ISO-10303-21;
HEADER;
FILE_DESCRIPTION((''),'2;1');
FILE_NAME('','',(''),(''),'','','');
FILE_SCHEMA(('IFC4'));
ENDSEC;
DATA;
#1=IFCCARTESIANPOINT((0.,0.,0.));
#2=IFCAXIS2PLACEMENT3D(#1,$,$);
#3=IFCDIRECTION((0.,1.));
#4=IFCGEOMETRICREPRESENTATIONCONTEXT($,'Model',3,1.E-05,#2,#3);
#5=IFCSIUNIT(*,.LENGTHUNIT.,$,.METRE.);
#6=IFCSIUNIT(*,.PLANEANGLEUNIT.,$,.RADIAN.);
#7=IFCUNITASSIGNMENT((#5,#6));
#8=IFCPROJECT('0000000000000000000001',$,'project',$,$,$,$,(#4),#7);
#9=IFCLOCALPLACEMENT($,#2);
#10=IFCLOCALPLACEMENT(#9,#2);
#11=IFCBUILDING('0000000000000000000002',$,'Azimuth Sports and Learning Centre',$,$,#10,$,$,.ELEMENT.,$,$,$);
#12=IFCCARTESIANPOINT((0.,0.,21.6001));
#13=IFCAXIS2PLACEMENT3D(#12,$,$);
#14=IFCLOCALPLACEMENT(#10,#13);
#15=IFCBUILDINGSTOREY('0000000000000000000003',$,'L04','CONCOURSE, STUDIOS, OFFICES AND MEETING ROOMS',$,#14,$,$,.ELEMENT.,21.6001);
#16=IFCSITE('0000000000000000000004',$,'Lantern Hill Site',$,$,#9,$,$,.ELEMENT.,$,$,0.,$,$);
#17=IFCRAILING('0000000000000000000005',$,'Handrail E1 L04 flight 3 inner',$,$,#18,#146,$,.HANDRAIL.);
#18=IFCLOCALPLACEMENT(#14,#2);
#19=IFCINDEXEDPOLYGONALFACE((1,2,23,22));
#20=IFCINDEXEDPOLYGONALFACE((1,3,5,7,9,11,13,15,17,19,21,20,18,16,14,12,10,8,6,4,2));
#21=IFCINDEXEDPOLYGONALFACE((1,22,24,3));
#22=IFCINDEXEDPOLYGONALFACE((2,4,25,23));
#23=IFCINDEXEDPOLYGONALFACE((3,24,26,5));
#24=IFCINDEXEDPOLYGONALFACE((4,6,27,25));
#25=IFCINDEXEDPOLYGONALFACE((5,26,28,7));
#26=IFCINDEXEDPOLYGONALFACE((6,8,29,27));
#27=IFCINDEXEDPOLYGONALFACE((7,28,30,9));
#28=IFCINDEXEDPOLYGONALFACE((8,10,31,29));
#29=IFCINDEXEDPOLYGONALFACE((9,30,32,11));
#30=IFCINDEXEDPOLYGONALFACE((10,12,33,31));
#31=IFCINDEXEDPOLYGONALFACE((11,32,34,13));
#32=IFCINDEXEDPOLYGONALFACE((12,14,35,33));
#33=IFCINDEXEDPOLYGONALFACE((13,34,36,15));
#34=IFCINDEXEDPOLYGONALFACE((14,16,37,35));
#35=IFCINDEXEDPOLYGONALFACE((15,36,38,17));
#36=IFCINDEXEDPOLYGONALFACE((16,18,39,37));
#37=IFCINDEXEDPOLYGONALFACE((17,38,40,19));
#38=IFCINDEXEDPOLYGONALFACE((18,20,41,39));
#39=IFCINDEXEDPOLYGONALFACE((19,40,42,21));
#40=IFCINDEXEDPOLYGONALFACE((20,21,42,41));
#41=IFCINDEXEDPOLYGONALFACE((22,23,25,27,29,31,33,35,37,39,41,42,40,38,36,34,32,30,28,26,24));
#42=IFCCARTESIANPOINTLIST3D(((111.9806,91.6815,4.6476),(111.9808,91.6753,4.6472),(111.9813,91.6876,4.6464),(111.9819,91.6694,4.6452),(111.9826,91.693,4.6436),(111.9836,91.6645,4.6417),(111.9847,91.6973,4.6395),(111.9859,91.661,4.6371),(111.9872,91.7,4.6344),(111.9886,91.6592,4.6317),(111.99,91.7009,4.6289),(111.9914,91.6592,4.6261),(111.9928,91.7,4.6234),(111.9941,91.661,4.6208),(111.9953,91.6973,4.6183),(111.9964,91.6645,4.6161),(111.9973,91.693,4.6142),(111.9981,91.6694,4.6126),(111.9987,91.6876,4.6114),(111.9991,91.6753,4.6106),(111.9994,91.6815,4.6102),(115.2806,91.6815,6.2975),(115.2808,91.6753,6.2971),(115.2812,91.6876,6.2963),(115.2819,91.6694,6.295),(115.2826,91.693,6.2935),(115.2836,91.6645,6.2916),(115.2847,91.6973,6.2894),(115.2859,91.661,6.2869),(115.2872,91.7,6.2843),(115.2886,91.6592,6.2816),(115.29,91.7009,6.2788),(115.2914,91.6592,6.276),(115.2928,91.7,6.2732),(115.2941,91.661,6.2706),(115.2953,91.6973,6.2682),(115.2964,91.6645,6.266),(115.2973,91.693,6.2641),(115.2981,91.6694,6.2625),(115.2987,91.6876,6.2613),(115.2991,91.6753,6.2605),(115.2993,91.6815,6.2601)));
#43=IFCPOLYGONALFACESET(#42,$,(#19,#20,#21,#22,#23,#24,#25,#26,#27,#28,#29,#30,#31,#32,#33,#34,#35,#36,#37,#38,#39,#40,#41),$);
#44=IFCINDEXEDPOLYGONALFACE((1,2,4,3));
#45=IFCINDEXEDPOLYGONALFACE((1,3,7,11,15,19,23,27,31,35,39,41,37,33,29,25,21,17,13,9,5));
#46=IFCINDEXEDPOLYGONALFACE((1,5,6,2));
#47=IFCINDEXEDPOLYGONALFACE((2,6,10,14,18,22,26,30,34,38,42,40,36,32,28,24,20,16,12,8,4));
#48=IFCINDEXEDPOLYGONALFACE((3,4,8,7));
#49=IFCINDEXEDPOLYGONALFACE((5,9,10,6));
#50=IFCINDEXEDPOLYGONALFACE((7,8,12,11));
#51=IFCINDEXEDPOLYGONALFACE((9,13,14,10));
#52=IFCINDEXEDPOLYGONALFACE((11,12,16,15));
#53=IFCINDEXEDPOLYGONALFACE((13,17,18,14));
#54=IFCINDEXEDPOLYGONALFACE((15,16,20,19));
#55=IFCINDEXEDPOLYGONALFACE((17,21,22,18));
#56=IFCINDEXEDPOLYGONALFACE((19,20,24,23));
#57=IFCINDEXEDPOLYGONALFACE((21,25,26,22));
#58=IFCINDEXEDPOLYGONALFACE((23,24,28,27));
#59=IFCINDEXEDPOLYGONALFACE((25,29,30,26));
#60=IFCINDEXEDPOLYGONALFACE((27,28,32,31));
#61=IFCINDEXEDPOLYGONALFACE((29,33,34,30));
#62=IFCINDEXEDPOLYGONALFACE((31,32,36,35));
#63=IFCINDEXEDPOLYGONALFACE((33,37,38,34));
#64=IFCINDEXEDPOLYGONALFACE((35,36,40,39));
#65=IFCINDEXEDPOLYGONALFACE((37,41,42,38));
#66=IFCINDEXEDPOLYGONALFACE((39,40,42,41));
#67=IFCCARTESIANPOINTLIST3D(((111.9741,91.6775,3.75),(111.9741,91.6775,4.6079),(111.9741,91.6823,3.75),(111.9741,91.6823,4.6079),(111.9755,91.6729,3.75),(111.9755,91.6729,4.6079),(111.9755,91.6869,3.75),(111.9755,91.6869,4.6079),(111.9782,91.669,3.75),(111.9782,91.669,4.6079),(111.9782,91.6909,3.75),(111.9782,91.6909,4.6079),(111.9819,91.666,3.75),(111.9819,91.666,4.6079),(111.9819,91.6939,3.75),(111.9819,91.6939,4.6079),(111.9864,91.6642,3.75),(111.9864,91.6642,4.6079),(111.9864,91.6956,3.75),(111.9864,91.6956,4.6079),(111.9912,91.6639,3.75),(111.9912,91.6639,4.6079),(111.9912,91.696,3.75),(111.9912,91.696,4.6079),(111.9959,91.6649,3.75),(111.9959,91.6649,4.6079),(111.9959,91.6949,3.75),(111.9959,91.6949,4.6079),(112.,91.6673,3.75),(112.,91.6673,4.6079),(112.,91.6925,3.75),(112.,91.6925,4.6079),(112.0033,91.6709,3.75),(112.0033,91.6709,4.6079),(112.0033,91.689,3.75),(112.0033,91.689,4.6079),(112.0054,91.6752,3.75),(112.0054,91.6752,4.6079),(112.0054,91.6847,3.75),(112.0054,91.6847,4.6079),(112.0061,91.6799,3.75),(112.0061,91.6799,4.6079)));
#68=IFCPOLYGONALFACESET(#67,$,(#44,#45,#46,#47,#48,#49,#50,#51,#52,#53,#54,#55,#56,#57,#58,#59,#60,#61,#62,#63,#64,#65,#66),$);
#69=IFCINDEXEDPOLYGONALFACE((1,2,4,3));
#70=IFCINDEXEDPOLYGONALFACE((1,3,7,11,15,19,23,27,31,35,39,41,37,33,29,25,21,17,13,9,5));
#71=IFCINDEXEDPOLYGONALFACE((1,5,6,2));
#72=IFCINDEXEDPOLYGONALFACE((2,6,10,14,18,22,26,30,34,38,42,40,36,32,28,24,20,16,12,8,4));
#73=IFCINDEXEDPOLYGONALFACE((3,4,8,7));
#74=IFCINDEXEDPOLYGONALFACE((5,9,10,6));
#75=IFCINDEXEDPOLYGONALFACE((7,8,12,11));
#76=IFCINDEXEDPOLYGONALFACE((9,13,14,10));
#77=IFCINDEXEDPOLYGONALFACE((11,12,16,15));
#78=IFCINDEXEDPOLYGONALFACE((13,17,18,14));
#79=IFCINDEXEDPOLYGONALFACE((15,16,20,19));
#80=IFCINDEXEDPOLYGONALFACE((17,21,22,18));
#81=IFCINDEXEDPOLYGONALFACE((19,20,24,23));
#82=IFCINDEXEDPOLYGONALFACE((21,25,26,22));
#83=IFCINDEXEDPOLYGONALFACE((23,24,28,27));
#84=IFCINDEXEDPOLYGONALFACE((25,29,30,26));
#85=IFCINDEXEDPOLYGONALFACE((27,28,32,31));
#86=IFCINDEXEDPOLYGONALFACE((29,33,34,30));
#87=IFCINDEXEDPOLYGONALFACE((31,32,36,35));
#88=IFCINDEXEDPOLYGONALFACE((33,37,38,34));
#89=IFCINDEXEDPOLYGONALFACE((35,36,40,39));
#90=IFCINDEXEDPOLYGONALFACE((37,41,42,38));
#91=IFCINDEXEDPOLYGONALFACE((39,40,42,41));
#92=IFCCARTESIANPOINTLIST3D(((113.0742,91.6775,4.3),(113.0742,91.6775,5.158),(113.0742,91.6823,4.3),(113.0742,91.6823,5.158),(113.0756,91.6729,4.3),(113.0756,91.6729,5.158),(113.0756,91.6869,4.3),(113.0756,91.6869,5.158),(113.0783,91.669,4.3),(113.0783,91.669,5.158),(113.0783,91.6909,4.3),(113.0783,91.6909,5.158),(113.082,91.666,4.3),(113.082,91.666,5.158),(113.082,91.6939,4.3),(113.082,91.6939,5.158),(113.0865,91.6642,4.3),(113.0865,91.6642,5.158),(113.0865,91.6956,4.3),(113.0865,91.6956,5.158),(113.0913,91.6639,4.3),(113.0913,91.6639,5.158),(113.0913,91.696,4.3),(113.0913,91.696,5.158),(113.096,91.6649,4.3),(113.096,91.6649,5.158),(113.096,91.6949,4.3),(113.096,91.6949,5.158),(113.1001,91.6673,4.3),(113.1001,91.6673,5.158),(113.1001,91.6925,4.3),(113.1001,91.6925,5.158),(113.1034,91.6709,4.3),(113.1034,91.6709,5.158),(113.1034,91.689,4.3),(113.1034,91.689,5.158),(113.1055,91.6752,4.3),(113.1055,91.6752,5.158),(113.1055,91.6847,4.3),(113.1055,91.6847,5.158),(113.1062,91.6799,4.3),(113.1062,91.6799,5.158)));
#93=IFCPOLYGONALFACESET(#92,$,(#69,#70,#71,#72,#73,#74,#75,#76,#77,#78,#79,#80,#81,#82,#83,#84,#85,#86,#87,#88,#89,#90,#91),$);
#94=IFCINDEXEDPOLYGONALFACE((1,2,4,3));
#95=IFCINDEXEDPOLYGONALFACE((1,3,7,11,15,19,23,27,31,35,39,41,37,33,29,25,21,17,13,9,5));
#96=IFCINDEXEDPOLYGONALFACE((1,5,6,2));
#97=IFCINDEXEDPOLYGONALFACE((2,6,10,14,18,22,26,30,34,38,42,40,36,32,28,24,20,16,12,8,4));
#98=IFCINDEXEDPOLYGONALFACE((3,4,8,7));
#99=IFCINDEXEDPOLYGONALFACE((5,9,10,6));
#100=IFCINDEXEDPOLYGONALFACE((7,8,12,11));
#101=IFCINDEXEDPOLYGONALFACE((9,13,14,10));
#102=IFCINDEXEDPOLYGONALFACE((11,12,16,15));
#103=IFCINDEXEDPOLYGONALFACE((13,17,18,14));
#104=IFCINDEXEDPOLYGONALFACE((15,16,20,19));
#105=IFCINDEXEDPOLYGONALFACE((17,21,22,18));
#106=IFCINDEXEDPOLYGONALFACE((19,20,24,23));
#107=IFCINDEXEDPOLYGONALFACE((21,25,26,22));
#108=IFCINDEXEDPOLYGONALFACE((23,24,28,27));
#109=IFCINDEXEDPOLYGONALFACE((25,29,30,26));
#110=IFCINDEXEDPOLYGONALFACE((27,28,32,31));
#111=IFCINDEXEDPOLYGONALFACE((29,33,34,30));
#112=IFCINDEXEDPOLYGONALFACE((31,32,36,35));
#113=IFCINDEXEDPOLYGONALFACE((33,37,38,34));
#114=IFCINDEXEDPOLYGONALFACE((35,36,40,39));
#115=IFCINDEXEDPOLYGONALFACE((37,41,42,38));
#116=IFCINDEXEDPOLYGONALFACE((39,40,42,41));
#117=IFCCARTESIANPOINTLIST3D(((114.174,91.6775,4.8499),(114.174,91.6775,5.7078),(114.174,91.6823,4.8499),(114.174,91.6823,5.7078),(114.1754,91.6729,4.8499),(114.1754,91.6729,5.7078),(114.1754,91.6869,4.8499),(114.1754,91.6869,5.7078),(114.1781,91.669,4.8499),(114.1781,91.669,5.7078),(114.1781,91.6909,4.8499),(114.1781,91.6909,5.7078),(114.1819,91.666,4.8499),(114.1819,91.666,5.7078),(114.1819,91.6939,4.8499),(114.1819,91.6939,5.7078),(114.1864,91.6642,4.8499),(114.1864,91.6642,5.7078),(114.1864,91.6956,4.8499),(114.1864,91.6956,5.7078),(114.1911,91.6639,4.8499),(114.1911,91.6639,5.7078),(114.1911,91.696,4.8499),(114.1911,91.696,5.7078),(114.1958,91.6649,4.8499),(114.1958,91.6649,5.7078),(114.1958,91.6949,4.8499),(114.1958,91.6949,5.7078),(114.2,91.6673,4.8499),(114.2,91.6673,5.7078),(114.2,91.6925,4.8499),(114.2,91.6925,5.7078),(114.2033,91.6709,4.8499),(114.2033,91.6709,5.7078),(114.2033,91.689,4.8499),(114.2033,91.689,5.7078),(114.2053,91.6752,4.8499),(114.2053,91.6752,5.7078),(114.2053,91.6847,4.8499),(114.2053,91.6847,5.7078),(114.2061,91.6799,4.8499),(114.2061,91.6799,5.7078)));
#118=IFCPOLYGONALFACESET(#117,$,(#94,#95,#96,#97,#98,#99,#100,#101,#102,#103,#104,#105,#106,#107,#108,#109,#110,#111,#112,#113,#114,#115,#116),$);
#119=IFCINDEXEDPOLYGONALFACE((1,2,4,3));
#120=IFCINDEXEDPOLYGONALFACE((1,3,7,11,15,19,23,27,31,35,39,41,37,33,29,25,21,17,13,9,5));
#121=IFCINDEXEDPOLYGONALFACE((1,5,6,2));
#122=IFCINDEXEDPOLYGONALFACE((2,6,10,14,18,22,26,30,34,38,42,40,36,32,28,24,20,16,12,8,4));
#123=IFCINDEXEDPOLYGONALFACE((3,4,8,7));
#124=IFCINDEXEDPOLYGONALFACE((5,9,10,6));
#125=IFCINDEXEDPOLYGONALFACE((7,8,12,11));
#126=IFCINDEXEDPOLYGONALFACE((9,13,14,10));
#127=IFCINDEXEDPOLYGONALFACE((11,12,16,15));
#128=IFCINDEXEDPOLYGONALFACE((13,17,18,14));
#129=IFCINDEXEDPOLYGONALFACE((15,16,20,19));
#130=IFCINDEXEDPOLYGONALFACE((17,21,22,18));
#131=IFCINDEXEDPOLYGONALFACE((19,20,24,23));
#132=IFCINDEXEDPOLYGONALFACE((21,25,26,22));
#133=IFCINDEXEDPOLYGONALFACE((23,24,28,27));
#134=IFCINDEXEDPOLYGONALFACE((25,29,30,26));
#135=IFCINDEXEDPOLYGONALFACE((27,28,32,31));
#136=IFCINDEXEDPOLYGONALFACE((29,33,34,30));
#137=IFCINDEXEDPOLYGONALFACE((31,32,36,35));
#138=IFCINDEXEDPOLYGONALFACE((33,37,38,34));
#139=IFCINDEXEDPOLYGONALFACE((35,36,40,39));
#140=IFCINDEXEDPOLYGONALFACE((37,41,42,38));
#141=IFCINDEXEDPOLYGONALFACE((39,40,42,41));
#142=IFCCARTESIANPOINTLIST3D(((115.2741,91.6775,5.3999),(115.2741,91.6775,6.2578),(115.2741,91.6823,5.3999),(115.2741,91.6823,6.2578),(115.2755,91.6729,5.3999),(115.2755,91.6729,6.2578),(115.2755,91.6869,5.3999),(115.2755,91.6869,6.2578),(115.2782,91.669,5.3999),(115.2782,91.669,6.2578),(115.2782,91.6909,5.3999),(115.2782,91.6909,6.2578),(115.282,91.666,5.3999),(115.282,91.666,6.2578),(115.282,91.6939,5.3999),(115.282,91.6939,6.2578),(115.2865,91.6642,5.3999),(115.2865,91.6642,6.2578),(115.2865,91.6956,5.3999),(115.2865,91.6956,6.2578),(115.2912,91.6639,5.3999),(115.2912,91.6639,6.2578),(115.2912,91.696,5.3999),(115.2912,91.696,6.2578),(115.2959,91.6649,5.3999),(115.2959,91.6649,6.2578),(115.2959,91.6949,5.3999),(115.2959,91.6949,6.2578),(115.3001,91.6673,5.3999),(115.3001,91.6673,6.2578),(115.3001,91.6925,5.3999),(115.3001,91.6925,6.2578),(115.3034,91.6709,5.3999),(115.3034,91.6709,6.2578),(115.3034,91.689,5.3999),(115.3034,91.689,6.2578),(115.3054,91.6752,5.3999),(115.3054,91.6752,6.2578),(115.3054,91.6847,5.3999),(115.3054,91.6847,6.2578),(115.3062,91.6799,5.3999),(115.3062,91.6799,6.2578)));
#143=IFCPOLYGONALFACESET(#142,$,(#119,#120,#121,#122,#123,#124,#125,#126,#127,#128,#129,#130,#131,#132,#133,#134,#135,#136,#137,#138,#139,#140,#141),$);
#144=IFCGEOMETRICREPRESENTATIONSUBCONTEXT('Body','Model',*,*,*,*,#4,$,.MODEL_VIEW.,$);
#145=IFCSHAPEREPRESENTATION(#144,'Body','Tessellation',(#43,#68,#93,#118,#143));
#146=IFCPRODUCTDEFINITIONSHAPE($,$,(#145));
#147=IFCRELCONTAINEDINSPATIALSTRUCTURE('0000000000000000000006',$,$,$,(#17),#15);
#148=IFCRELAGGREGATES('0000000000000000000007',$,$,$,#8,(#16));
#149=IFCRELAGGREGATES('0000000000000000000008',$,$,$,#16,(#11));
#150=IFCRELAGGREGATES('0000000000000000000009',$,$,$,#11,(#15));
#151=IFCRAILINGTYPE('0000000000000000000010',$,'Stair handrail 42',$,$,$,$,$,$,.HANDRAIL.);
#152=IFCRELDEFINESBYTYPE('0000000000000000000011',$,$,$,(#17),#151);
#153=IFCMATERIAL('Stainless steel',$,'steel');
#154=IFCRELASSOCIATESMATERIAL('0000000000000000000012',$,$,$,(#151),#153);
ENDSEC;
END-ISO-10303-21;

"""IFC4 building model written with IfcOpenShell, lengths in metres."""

from ifc_helpers import new_model, si_unit, direction, frame, origin, origin_2d, place, context, subcontext, project, spatial, circle, extrude, material, type_object, element, save


model = new_model("IFC4")

# Units and contexts
model_context = context("Model", 3, precision=1e-05, world=origin(), true_north=direction((0.0, 1.0)))
body_context = subcontext(model_context, "Body", "Model", "MODEL_VIEW")
ifc_project = project(units=[si_unit("LENGTHUNIT", "METRE"), si_unit("PLANEANGLEUNIT", "RADIAN")], contexts=[model_context])

# Site, building, storey
site_placement = place(None, origin())
site = spatial("IfcSite", under=ifc_project, at=site_placement, Name="Lantern Hill Site", CompositionType="ELEMENT", RefElevation=0.0)
building_placement = place(site_placement, origin())
building = spatial("IfcBuilding", under=site, at=building_placement, Name="Azimuth Sports and Learning Centre", CompositionType="ELEMENT")
storey_placement = place(building_placement, frame((0.0, 0.0, 21.6001)))
storey = spatial("IfcBuildingStorey", under=building, at=storey_placement, Name="L04", Description="CONCOURSE, STUDIOS, OFFICES AND MEETING ROOMS", CompositionType="ELEMENT", Elevation=21.6001)

# Railing
ifc_material_1 = material(Name="Stainless steel", Category="steel")
railing_type = type_object("IfcRailingType", Name="Stair handrail 42", PredefinedType="HANDRAIL", material=ifc_material_1)
for number, where, name in (
    (1, (111.99, 91.6799, 3.75), "Handrail E1 L04 flight 3 inner"),
):
    element("IfcRailing", number, at=place(storey_placement, frame(where)), inside=storey, type_object=railing_type, Name=name, PredefinedType="HANDRAIL", context=body_context, shape_type="SweptSolid", body=[
        extrude(circle(Radius=0.021, at=origin_2d()), frame((0.0, 0.0, 0.8789), z_axis=(0.89444, 0.0, 0.447187), x_axis=(0.0, 1.0, 0.0)), (0.0, 0.0, 1.0), 3.6895),
        extrude(circle(Radius=0.0161, at=origin_2d()), origin(), (0.0, 0.0, 1.0), 0.8579),
        extrude(circle(Radius=0.0161, at=origin_2d()), frame((1.1001, 0.0, 0.55)), (0.0, 0.0, 1.0), 0.8579),
        extrude(circle(Radius=0.0161, at=origin_2d()), frame((2.2, 0.0, 1.0999)), (0.0, 0.0, 1.0), 0.8579),
        extrude(circle(Radius=0.0161, at=origin_2d()), frame((3.3, 0.0, 1.6499)), (0.0, 0.0, 1.0), 0.8579),
    ])

save(model, "model.ifc")
